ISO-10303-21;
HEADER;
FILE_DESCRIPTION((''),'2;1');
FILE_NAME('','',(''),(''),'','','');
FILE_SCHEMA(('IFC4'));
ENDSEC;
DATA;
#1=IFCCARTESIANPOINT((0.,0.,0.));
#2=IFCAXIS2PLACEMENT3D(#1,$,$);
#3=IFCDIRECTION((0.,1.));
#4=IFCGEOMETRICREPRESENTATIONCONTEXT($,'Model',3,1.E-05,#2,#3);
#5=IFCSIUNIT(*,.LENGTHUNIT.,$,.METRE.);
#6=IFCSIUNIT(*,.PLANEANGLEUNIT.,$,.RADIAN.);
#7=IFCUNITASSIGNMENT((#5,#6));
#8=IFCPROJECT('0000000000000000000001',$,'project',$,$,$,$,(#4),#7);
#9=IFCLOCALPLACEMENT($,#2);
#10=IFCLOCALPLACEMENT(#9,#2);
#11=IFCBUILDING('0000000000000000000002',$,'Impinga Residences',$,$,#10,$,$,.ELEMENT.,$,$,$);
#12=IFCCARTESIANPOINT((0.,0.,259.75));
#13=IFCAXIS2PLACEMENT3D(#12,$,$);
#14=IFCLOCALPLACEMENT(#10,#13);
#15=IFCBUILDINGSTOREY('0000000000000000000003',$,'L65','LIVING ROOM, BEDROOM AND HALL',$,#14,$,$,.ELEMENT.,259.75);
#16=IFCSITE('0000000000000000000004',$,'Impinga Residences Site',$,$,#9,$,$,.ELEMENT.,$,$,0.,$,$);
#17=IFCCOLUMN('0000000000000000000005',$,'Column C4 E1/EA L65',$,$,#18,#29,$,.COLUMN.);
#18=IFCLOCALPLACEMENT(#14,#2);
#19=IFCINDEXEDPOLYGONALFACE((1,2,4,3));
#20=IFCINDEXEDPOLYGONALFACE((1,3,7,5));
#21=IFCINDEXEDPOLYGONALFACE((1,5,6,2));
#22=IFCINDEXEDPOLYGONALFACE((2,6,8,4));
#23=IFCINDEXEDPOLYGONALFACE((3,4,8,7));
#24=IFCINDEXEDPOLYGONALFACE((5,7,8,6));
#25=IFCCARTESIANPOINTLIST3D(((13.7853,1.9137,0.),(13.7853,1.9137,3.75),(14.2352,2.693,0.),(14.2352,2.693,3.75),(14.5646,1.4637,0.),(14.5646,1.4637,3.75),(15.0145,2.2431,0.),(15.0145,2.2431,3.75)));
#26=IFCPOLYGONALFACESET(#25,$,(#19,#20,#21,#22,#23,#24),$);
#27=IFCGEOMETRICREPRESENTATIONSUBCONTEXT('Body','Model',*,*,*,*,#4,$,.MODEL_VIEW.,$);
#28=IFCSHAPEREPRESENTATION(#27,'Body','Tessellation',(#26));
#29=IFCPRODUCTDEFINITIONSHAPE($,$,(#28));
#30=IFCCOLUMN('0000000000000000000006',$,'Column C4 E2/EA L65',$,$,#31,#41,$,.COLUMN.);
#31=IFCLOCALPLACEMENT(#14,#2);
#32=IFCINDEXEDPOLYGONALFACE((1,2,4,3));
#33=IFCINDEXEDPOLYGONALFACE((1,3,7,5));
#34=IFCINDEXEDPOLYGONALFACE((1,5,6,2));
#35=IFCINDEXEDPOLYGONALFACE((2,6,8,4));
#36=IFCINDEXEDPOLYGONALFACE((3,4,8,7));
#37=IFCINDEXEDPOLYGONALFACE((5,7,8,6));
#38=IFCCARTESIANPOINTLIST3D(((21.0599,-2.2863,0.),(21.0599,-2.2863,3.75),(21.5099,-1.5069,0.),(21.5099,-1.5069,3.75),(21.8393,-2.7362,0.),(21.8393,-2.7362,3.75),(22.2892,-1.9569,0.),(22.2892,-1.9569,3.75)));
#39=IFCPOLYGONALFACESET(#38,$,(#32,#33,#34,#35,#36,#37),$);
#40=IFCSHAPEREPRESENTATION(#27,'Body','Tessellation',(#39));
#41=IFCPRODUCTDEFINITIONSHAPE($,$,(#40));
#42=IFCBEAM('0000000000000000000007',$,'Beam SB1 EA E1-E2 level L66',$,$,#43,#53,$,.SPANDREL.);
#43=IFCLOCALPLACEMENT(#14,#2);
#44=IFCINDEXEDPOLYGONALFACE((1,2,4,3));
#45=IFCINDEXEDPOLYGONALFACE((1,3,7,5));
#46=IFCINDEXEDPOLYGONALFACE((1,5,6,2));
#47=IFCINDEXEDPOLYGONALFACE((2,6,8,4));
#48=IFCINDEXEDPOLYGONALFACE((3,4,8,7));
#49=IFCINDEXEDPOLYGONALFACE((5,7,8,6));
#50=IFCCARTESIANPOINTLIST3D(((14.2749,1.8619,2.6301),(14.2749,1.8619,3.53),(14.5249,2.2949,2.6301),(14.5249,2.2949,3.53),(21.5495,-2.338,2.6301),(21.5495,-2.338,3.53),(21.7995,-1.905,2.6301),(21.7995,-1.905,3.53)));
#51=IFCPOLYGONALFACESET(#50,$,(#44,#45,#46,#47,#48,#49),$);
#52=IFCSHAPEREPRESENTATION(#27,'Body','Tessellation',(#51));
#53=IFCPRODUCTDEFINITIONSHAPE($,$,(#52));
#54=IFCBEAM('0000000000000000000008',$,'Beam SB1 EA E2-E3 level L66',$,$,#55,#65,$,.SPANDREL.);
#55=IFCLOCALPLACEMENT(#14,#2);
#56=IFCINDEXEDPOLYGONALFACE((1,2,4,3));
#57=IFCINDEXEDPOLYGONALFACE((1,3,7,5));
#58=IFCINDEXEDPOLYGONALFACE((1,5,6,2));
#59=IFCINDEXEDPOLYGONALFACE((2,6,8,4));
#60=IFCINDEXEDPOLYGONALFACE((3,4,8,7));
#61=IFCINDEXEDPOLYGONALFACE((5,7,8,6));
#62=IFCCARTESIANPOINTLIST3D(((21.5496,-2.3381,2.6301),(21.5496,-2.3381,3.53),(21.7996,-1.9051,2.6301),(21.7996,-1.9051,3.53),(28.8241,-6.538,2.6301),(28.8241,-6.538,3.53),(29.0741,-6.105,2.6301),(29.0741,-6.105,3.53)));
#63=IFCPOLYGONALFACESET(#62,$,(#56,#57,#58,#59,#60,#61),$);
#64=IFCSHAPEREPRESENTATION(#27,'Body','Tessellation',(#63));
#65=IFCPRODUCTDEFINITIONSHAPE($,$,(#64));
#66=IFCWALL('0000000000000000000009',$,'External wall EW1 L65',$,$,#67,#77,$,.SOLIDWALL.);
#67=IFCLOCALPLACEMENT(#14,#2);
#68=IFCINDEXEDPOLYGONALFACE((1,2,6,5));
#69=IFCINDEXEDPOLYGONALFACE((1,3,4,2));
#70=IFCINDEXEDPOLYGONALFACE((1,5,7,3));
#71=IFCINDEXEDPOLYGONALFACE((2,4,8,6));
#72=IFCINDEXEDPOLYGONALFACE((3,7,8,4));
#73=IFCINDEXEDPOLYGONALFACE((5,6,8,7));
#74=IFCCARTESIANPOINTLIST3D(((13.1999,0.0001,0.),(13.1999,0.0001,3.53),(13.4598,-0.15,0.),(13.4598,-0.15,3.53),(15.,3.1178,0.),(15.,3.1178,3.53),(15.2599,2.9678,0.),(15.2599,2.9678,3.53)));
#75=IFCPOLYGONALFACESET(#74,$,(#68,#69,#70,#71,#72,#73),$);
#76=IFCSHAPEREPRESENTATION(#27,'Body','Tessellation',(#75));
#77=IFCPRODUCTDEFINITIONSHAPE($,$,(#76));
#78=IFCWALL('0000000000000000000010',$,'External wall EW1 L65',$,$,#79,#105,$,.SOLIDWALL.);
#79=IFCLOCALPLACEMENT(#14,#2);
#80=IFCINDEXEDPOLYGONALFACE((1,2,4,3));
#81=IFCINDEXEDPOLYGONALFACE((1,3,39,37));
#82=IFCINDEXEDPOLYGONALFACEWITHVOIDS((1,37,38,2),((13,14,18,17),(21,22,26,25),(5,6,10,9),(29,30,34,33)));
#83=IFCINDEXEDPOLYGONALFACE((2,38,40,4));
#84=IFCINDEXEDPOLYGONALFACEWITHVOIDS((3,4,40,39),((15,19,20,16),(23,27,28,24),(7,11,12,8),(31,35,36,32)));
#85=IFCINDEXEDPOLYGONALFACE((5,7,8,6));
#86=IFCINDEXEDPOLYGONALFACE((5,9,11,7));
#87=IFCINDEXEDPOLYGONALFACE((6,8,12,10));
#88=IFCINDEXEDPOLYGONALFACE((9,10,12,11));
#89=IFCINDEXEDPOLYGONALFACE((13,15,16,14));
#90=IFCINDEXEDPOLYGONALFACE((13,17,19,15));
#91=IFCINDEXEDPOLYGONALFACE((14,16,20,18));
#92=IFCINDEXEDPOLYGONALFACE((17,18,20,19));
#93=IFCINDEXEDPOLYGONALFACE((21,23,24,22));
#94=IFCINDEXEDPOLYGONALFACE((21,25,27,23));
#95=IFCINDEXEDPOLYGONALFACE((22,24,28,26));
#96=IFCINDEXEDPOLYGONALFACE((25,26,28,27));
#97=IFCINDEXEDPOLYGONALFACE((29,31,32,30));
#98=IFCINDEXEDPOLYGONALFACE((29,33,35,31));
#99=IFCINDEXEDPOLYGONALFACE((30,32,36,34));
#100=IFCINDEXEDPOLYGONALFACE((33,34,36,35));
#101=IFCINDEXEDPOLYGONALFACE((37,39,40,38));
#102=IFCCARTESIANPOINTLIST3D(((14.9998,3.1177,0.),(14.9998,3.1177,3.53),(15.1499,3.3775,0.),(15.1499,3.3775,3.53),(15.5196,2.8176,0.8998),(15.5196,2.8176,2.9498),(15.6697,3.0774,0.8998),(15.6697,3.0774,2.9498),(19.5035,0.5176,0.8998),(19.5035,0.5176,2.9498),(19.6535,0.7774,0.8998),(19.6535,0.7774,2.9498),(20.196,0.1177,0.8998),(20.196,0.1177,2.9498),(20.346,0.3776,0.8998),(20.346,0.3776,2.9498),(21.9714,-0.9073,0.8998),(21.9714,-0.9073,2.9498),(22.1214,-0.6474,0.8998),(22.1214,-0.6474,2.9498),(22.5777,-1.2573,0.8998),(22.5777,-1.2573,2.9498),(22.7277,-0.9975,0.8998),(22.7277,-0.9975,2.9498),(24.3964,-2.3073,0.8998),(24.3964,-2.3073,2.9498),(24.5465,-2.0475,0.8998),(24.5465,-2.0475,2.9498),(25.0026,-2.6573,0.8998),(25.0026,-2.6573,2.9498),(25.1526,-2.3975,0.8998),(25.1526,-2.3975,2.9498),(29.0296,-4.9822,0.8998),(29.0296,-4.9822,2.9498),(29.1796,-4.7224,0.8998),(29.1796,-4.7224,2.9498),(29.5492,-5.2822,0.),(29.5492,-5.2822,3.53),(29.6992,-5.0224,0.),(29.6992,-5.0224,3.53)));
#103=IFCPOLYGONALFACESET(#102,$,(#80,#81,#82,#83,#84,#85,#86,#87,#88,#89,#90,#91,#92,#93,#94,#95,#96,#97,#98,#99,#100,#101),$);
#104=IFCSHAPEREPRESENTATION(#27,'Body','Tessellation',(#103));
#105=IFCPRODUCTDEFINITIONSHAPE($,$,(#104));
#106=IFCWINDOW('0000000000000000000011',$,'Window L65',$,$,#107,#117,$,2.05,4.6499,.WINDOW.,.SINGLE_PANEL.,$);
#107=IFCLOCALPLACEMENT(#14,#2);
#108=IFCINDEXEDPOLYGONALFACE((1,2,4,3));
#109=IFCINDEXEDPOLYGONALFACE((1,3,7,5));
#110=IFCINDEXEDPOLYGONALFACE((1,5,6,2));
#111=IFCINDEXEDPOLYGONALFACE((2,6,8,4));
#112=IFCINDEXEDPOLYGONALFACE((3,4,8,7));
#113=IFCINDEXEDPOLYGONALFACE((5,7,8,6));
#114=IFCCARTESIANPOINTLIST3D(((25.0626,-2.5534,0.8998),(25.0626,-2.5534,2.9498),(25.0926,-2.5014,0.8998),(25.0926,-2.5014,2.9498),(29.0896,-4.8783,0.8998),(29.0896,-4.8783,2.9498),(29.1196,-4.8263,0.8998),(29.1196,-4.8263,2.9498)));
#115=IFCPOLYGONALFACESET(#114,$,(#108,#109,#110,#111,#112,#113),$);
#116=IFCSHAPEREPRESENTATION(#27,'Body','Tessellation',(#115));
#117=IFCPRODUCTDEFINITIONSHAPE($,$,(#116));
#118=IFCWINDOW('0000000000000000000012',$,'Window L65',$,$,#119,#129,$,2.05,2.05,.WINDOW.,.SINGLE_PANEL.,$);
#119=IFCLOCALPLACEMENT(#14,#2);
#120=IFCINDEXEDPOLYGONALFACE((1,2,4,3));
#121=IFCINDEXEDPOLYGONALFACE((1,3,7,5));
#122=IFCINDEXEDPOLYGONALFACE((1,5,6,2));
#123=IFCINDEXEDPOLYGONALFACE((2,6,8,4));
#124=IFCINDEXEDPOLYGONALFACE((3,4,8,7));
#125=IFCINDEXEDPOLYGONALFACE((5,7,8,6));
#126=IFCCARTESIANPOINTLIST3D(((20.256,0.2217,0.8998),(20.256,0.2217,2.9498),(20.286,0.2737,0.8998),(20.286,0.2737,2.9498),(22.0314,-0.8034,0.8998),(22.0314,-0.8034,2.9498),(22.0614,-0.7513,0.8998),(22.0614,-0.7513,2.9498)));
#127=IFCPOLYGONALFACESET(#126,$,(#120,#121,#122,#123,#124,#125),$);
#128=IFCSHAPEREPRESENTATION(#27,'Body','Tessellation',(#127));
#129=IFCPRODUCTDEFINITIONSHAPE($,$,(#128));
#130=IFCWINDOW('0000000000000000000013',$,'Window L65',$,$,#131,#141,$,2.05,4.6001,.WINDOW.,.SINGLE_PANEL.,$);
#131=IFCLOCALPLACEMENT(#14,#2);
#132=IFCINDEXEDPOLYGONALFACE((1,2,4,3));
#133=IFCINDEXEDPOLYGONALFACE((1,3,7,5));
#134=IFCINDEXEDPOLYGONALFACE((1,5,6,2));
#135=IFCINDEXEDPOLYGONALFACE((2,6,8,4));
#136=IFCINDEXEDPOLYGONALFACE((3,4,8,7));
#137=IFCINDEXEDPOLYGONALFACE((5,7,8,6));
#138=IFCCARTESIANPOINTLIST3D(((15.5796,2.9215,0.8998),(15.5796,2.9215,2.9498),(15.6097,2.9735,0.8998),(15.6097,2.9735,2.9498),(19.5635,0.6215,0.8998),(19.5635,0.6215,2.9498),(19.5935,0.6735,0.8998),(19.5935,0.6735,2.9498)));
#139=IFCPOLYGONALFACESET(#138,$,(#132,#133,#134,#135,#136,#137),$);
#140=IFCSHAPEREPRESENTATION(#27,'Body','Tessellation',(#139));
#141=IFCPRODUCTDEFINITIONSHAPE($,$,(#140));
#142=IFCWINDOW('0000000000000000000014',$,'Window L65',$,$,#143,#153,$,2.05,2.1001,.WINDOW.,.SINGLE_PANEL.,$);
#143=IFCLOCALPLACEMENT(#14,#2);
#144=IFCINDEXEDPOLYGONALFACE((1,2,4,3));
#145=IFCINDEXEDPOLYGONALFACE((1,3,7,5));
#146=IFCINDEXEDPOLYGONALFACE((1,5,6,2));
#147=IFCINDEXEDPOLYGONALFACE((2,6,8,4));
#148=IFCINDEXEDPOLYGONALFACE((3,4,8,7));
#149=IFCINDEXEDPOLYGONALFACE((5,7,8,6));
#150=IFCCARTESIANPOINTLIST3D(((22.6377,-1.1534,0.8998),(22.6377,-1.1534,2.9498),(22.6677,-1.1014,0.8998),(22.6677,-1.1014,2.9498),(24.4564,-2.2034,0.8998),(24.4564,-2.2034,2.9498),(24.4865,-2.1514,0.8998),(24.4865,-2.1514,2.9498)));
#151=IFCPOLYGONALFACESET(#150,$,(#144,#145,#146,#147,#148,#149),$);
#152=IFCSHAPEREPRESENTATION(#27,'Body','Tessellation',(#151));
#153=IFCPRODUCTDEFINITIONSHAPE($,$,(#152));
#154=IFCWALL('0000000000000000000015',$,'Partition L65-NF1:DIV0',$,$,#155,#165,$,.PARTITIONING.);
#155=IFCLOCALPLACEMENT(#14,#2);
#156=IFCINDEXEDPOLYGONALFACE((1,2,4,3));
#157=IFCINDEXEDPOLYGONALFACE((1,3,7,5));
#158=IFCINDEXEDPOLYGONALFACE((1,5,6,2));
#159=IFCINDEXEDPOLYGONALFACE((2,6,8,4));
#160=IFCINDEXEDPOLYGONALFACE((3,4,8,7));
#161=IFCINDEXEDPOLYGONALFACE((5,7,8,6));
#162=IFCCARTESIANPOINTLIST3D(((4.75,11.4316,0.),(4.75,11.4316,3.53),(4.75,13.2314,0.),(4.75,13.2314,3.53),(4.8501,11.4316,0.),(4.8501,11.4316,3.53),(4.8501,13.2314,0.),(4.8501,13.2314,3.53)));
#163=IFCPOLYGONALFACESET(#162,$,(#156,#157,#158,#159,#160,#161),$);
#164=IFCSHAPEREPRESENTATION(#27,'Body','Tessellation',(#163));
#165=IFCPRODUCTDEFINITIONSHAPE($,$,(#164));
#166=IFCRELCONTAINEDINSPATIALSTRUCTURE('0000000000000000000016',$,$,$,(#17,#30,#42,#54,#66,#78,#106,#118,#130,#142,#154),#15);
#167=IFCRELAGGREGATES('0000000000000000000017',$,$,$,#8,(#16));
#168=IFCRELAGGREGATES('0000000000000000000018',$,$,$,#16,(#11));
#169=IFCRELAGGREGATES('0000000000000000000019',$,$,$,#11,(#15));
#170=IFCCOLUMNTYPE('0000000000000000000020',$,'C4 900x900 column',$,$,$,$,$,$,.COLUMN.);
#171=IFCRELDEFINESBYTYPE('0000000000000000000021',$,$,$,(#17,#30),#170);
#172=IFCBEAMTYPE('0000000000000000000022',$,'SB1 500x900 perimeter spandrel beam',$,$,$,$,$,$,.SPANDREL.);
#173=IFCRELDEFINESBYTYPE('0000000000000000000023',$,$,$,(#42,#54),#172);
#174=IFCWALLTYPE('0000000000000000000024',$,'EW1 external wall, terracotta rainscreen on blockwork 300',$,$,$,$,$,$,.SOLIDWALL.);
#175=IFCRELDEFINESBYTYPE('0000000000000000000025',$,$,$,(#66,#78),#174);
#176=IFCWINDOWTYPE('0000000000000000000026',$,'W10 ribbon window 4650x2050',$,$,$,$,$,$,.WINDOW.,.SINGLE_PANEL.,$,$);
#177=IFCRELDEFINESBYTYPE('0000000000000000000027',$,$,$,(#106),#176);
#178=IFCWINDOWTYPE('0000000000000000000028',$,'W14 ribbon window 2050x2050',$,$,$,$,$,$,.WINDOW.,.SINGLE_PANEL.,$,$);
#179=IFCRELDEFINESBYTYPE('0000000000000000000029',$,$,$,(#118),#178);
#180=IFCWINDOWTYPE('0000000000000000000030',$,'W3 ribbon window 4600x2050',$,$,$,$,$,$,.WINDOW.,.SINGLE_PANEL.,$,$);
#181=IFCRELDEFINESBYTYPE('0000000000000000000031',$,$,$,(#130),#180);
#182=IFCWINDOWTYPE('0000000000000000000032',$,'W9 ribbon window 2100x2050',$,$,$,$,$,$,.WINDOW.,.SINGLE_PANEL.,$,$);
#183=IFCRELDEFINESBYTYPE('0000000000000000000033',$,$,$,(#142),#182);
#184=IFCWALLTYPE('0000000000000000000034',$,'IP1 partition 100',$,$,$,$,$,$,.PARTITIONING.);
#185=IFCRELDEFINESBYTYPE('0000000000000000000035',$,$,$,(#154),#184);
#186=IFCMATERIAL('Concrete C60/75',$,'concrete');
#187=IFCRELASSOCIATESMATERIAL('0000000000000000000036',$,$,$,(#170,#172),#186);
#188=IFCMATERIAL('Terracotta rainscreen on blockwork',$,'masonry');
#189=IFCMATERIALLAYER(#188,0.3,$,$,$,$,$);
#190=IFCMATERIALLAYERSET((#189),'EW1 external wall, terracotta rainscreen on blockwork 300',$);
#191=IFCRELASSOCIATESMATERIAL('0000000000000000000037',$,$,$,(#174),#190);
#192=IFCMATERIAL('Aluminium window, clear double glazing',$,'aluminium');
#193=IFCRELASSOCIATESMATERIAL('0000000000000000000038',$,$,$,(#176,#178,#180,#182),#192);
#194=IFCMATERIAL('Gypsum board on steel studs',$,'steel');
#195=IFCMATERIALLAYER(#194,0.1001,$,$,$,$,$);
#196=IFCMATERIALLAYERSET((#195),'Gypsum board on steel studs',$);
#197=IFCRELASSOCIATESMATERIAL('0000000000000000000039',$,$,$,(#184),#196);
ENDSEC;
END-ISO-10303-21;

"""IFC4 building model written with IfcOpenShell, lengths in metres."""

from ifc_helpers import new_model, si_unit, direction, frame, frame_2d, origin, origin_2d, place, context, subcontext, project, spatial, rectangle, extrude, material, layer, layer_set, material_profile, profile_set, type_object, element, fill, save


model = new_model("IFC4")

# Units and contexts
model_context = context("Model", 3, precision=1e-05, world=origin(), true_north=direction((0.0, 1.0)))
body_context = subcontext(model_context, "Body", "Model", "MODEL_VIEW")
ifc_project = project(units=[si_unit("LENGTHUNIT", "METRE"), si_unit("PLANEANGLEUNIT", "RADIAN")], contexts=[model_context])

# Site, building, storey
site_placement = place(None, origin())
site = spatial("IfcSite", under=ifc_project, at=site_placement, Name="Impinga Residences Site", CompositionType="ELEMENT", RefElevation=0.0)
building_placement = place(site_placement, origin())
building = spatial("IfcBuilding", under=site, at=building_placement, Name="Impinga Residences", CompositionType="ELEMENT")
storey_placement = place(building_placement, frame((0.0, 0.0, 259.75)))
storey = spatial("IfcBuildingStorey", under=building, at=storey_placement, Name="L65", Description="LIVING ROOM, BEDROOM AND HALL", CompositionType="ELEMENT", Elevation=259.75)

# Columns
ifc_material_1 = material(Name="Concrete C60/75", Category="concrete")
ifc_material_profile_1 = material_profile(ifc_material_1, rectangle(XDim=0.8999, YDim=0.8999, at=origin_2d()), Name="RC 900x900")
ifc_profile_set_1 = profile_set([ifc_material_profile_1], Name="Concrete C60/75")
column_type = type_object("IfcColumnType", Name="C4 900x900 column", PredefinedType="COLUMN", material=ifc_profile_set_1)
for number, where, z_axis, x_axis, name in (
    (1, (14.3999, 2.0784, 0.0), (0.0, 0.0, 1.0), (-0.5, -0.866025, 0.0), "Column C4 E1/EA L65"),
    (2, (21.6746, -2.1216, 0.0), (0.0, 0.0, 1.0), (-0.5, -0.866025, 0.0), "Column C4 E2/EA L65"),
):
    element("IfcColumn", number, at=place(storey_placement, frame(where, z_axis=z_axis, x_axis=x_axis)), inside=storey, type_object=column_type, Name=name, PredefinedType="COLUMN", context=body_context, shape_type="SweptSolid", body=[
        extrude(rectangle(XDim=0.8999, YDim=0.8999, at=origin_2d()), origin(), (0.0, 0.0, 1.0), 3.75),
    ])

# Beams
ifc_material_profile_2 = material_profile(ifc_material_1, rectangle(XDim=0.5, YDim=0.8999, at=origin_2d()), Name="RC 500x900")
ifc_profile_set_2 = profile_set([ifc_material_profile_2], Name="Concrete C60/75")
beam_type = type_object("IfcBeamType", Name="SB1 500x900 perimeter spandrel beam", PredefinedType="SPANDREL", material=ifc_profile_set_2)
for number, where, z_axis, x_axis, name in (
    (3, (14.3999, 2.0784, 3.0801), (0.866029, -0.499993, 0.0), (0.499993, 0.866029, 0.0), "Beam SB1 EA E1-E2 level L66"),
    (4, (21.6746, -2.1216, 3.0801), (0.866029, -0.499993, 0.0), (0.499993, 0.866029, 0.0), "Beam SB1 EA E2-E3 level L66"),
):
    element("IfcBeam", number, at=place(storey_placement, frame(where, z_axis=z_axis, x_axis=x_axis)), inside=storey, type_object=beam_type, Name=name, PredefinedType="SPANDREL", context=body_context, shape_type="SweptSolid", body=[
        extrude(rectangle(XDim=0.5, YDim=0.8999, at=origin_2d()), origin(), (0.0, 0.0, 1.0), 8.3999),
    ])

# Wall
ifc_material_2 = material(Name="Terracotta rainscreen on blockwork", Category="masonry")
ifc_layer_1 = layer(ifc_material_2, 0.3)
ifc_layer_set_1 = layer_set([ifc_layer_1], Name="EW1 external wall, terracotta rainscreen on blockwork 300")
wall_type_1 = type_object("IfcWallType", Name="EW1 external wall, terracotta rainscreen on blockwork 300", PredefinedType="SOLIDWALL", material=ifc_layer_set_1)
wall_1_placement = place(storey_placement, frame((13.3298, -0.075, 0.0), z_axis=(0.0, 0.0, 1.0), x_axis=(0.500012, 0.866018, 0.0)))
element("IfcWall", 5, at=wall_1_placement, inside=storey, type_object=wall_type_1, Name="External wall EW1 L65", PredefinedType="SOLIDWALL", context=body_context, shape_type="SweptSolid", body=[
    extrude(rectangle(XDim=3.6001, YDim=0.3, at=frame_2d((1.8, 0.0))), origin(), (0.0, 0.0, 1.0), 3.53),
])

# Wall, openings, windows
wall_2_placement = place(storey_placement, frame((15.075, 3.2476, 0.0), z_axis=(0.0, 0.0, 1.0), x_axis=(0.866029, -0.499993, 0.0)))
wall_2 = element("IfcWall", 6, at=wall_2_placement, inside=storey, type_object=wall_type_1, Name="External wall EW1 L65", PredefinedType="SOLIDWALL", context=body_context, shape_type="SweptSolid", body=[
    extrude(rectangle(XDim=16.8, YDim=0.3, at=frame_2d((8.3999, 0.0))), origin(), (0.0, 0.0, 1.0), 3.53),
])
opening_1_placement = place(wall_2_placement, frame((0.6001, 0.0, 0.8999)))
opening_1 = element("IfcOpeningElement", 7, at=opening_1_placement, cuts=wall_2, PredefinedType="OPENING", context=body_context, shape_type="SweptSolid", body=[
    extrude(rectangle(XDim=4.6001, YDim=2.05, at=frame_2d((2.3, 1.0249))), frame((0.0, 0.1599, 0.0), z_axis=(0.0, -1.0, 0.0), x_axis=(1.0, 0.0, 0.0)), (0.0, 0.0, 1.0), 0.3201),
])
opening_2_placement = place(wall_2_placement, frame((6.0, 0.0, 0.8999)))
opening_2 = element("IfcOpeningElement", 8, at=opening_2_placement, cuts=wall_2, PredefinedType="OPENING", context=body_context, shape_type="SweptSolid", body=[
    extrude(rectangle(XDim=2.05, YDim=2.05, at=frame_2d((1.0249, 1.0249))), frame((0.0, 0.1599, 0.0), z_axis=(0.0, -1.0, 0.0), x_axis=(1.0, 0.0, 0.0)), (0.0, 0.0, 1.0), 0.3201),
])
opening_3_placement = place(wall_2_placement, frame((8.75, 0.0, 0.8999)))
opening_3 = element("IfcOpeningElement", 9, at=opening_3_placement, cuts=wall_2, PredefinedType="OPENING", context=body_context, shape_type="SweptSolid", body=[
    extrude(rectangle(XDim=2.1001, YDim=2.05, at=frame_2d((1.05, 1.0249))), frame((0.0, 0.1599, 0.0), z_axis=(0.0, -1.0, 0.0), x_axis=(1.0, 0.0, 0.0)), (0.0, 0.0, 1.0), 0.3201),
])
opening_4_placement = place(wall_2_placement, frame((11.55, 0.0, 0.8999)))
opening_4 = element("IfcOpeningElement", 10, at=opening_4_placement, cuts=wall_2, PredefinedType="OPENING", context=body_context, shape_type="SweptSolid", body=[
    extrude(rectangle(XDim=4.6499, YDim=2.05, at=frame_2d((2.325, 1.0249))), frame((0.0, 0.1599, 0.0), z_axis=(0.0, -1.0, 0.0), x_axis=(1.0, 0.0, 0.0)), (0.0, 0.0, 1.0), 0.3201),
])
ifc_material_3 = material(Name="Aluminium window, clear double glazing", Category="aluminium")
window_type_1 = type_object("IfcWindowType", Name="W10 ribbon window 4650x2050", PartitioningType="SINGLE_PANEL", PredefinedType="WINDOW", material=ifc_material_3)
window_1_placement = place(opening_4_placement, origin())
window_1 = element("IfcWindow", 11, at=window_1_placement, inside=storey, type_object=window_type_1, Name="Window L65", OverallHeight=2.05, OverallWidth=4.6499, PartitioningType="SINGLE_PANEL", PredefinedType="WINDOW", context=body_context, shape_type="SweptSolid", body=[
    extrude(rectangle(XDim=4.6499, YDim=2.05, at=frame_2d((2.325, 1.0249))), frame((0.0, 0.03, 0.0), z_axis=(0.0, -1.0, 0.0), x_axis=(1.0, 0.0, 0.0)), (0.0, 0.0, 1.0), 0.0601),
])
fill(opening_4, window_1)
window_type_2 = type_object("IfcWindowType", Name="W14 ribbon window 2050x2050", PartitioningType="SINGLE_PANEL", PredefinedType="WINDOW", material=ifc_material_3)
window_2_placement = place(opening_2_placement, origin())
window_2 = element("IfcWindow", 12, at=window_2_placement, inside=storey, type_object=window_type_2, Name="Window L65", OverallHeight=2.05, OverallWidth=2.05, PartitioningType="SINGLE_PANEL", PredefinedType="WINDOW", context=body_context, shape_type="SweptSolid", body=[
    extrude(rectangle(XDim=2.05, YDim=2.05, at=frame_2d((1.0249, 1.0249))), frame((0.0, 0.03, 0.0), z_axis=(0.0, -1.0, 0.0), x_axis=(1.0, 0.0, 0.0)), (0.0, 0.0, 1.0), 0.0601),
])
fill(opening_2, window_2)
window_type_3 = type_object("IfcWindowType", Name="W3 ribbon window 4600x2050", PartitioningType="SINGLE_PANEL", PredefinedType="WINDOW", material=ifc_material_3)
window_3_placement = place(opening_1_placement, origin())
window_3 = element("IfcWindow", 13, at=window_3_placement, inside=storey, type_object=window_type_3, Name="Window L65", OverallHeight=2.05, OverallWidth=4.6001, PartitioningType="SINGLE_PANEL", PredefinedType="WINDOW", context=body_context, shape_type="SweptSolid", body=[
    extrude(rectangle(XDim=4.6001, YDim=2.05, at=frame_2d((2.3, 1.0249))), frame((0.0, 0.03, 0.0), z_axis=(0.0, -1.0, 0.0), x_axis=(1.0, 0.0, 0.0)), (0.0, 0.0, 1.0), 0.0601),
])
fill(opening_1, window_3)
window_type_4 = type_object("IfcWindowType", Name="W9 ribbon window 2100x2050", PartitioningType="SINGLE_PANEL", PredefinedType="WINDOW", material=ifc_material_3)
window_4_placement = place(opening_3_placement, origin())
window_4 = element("IfcWindow", 14, at=window_4_placement, inside=storey, type_object=window_type_4, Name="Window L65", OverallHeight=2.05, OverallWidth=2.1001, PartitioningType="SINGLE_PANEL", PredefinedType="WINDOW", context=body_context, shape_type="SweptSolid", body=[
    extrude(rectangle(XDim=2.1001, YDim=2.05, at=frame_2d((1.05, 1.0249))), frame((0.0, 0.03, 0.0), z_axis=(0.0, -1.0, 0.0), x_axis=(1.0, 0.0, 0.0)), (0.0, 0.0, 1.0), 0.0601),
])
fill(opening_3, window_4)

# Wall
ifc_material_4 = material(Name="Gypsum board on steel studs", Category="steel")
ifc_layer_2 = layer(ifc_material_4, 0.1001)
ifc_layer_set_2 = layer_set([ifc_layer_2], Name="Gypsum board on steel studs")
wall_type_2 = type_object("IfcWallType", Name="IP1 partition 100", PredefinedType="PARTITIONING", material=ifc_layer_set_2)
wall_3_placement = place(storey_placement, frame((4.8, 11.4316, 0.0), z_axis=(0.0, 0.0, 1.0), x_axis=(0.0, 1.0, 0.0)))
element("IfcWall", 15, at=wall_3_placement, inside=storey, type_object=wall_type_2, Name="Partition L65-NF1:DIV0", PredefinedType="PARTITIONING", context=body_context, shape_type="SweptSolid", body=[
    extrude(rectangle(XDim=1.7998, YDim=0.1001, at=frame_2d((0.8999, 0.0))), origin(), (0.0, 0.0, 1.0), 3.53),
])

save(model, "model.ifc")
